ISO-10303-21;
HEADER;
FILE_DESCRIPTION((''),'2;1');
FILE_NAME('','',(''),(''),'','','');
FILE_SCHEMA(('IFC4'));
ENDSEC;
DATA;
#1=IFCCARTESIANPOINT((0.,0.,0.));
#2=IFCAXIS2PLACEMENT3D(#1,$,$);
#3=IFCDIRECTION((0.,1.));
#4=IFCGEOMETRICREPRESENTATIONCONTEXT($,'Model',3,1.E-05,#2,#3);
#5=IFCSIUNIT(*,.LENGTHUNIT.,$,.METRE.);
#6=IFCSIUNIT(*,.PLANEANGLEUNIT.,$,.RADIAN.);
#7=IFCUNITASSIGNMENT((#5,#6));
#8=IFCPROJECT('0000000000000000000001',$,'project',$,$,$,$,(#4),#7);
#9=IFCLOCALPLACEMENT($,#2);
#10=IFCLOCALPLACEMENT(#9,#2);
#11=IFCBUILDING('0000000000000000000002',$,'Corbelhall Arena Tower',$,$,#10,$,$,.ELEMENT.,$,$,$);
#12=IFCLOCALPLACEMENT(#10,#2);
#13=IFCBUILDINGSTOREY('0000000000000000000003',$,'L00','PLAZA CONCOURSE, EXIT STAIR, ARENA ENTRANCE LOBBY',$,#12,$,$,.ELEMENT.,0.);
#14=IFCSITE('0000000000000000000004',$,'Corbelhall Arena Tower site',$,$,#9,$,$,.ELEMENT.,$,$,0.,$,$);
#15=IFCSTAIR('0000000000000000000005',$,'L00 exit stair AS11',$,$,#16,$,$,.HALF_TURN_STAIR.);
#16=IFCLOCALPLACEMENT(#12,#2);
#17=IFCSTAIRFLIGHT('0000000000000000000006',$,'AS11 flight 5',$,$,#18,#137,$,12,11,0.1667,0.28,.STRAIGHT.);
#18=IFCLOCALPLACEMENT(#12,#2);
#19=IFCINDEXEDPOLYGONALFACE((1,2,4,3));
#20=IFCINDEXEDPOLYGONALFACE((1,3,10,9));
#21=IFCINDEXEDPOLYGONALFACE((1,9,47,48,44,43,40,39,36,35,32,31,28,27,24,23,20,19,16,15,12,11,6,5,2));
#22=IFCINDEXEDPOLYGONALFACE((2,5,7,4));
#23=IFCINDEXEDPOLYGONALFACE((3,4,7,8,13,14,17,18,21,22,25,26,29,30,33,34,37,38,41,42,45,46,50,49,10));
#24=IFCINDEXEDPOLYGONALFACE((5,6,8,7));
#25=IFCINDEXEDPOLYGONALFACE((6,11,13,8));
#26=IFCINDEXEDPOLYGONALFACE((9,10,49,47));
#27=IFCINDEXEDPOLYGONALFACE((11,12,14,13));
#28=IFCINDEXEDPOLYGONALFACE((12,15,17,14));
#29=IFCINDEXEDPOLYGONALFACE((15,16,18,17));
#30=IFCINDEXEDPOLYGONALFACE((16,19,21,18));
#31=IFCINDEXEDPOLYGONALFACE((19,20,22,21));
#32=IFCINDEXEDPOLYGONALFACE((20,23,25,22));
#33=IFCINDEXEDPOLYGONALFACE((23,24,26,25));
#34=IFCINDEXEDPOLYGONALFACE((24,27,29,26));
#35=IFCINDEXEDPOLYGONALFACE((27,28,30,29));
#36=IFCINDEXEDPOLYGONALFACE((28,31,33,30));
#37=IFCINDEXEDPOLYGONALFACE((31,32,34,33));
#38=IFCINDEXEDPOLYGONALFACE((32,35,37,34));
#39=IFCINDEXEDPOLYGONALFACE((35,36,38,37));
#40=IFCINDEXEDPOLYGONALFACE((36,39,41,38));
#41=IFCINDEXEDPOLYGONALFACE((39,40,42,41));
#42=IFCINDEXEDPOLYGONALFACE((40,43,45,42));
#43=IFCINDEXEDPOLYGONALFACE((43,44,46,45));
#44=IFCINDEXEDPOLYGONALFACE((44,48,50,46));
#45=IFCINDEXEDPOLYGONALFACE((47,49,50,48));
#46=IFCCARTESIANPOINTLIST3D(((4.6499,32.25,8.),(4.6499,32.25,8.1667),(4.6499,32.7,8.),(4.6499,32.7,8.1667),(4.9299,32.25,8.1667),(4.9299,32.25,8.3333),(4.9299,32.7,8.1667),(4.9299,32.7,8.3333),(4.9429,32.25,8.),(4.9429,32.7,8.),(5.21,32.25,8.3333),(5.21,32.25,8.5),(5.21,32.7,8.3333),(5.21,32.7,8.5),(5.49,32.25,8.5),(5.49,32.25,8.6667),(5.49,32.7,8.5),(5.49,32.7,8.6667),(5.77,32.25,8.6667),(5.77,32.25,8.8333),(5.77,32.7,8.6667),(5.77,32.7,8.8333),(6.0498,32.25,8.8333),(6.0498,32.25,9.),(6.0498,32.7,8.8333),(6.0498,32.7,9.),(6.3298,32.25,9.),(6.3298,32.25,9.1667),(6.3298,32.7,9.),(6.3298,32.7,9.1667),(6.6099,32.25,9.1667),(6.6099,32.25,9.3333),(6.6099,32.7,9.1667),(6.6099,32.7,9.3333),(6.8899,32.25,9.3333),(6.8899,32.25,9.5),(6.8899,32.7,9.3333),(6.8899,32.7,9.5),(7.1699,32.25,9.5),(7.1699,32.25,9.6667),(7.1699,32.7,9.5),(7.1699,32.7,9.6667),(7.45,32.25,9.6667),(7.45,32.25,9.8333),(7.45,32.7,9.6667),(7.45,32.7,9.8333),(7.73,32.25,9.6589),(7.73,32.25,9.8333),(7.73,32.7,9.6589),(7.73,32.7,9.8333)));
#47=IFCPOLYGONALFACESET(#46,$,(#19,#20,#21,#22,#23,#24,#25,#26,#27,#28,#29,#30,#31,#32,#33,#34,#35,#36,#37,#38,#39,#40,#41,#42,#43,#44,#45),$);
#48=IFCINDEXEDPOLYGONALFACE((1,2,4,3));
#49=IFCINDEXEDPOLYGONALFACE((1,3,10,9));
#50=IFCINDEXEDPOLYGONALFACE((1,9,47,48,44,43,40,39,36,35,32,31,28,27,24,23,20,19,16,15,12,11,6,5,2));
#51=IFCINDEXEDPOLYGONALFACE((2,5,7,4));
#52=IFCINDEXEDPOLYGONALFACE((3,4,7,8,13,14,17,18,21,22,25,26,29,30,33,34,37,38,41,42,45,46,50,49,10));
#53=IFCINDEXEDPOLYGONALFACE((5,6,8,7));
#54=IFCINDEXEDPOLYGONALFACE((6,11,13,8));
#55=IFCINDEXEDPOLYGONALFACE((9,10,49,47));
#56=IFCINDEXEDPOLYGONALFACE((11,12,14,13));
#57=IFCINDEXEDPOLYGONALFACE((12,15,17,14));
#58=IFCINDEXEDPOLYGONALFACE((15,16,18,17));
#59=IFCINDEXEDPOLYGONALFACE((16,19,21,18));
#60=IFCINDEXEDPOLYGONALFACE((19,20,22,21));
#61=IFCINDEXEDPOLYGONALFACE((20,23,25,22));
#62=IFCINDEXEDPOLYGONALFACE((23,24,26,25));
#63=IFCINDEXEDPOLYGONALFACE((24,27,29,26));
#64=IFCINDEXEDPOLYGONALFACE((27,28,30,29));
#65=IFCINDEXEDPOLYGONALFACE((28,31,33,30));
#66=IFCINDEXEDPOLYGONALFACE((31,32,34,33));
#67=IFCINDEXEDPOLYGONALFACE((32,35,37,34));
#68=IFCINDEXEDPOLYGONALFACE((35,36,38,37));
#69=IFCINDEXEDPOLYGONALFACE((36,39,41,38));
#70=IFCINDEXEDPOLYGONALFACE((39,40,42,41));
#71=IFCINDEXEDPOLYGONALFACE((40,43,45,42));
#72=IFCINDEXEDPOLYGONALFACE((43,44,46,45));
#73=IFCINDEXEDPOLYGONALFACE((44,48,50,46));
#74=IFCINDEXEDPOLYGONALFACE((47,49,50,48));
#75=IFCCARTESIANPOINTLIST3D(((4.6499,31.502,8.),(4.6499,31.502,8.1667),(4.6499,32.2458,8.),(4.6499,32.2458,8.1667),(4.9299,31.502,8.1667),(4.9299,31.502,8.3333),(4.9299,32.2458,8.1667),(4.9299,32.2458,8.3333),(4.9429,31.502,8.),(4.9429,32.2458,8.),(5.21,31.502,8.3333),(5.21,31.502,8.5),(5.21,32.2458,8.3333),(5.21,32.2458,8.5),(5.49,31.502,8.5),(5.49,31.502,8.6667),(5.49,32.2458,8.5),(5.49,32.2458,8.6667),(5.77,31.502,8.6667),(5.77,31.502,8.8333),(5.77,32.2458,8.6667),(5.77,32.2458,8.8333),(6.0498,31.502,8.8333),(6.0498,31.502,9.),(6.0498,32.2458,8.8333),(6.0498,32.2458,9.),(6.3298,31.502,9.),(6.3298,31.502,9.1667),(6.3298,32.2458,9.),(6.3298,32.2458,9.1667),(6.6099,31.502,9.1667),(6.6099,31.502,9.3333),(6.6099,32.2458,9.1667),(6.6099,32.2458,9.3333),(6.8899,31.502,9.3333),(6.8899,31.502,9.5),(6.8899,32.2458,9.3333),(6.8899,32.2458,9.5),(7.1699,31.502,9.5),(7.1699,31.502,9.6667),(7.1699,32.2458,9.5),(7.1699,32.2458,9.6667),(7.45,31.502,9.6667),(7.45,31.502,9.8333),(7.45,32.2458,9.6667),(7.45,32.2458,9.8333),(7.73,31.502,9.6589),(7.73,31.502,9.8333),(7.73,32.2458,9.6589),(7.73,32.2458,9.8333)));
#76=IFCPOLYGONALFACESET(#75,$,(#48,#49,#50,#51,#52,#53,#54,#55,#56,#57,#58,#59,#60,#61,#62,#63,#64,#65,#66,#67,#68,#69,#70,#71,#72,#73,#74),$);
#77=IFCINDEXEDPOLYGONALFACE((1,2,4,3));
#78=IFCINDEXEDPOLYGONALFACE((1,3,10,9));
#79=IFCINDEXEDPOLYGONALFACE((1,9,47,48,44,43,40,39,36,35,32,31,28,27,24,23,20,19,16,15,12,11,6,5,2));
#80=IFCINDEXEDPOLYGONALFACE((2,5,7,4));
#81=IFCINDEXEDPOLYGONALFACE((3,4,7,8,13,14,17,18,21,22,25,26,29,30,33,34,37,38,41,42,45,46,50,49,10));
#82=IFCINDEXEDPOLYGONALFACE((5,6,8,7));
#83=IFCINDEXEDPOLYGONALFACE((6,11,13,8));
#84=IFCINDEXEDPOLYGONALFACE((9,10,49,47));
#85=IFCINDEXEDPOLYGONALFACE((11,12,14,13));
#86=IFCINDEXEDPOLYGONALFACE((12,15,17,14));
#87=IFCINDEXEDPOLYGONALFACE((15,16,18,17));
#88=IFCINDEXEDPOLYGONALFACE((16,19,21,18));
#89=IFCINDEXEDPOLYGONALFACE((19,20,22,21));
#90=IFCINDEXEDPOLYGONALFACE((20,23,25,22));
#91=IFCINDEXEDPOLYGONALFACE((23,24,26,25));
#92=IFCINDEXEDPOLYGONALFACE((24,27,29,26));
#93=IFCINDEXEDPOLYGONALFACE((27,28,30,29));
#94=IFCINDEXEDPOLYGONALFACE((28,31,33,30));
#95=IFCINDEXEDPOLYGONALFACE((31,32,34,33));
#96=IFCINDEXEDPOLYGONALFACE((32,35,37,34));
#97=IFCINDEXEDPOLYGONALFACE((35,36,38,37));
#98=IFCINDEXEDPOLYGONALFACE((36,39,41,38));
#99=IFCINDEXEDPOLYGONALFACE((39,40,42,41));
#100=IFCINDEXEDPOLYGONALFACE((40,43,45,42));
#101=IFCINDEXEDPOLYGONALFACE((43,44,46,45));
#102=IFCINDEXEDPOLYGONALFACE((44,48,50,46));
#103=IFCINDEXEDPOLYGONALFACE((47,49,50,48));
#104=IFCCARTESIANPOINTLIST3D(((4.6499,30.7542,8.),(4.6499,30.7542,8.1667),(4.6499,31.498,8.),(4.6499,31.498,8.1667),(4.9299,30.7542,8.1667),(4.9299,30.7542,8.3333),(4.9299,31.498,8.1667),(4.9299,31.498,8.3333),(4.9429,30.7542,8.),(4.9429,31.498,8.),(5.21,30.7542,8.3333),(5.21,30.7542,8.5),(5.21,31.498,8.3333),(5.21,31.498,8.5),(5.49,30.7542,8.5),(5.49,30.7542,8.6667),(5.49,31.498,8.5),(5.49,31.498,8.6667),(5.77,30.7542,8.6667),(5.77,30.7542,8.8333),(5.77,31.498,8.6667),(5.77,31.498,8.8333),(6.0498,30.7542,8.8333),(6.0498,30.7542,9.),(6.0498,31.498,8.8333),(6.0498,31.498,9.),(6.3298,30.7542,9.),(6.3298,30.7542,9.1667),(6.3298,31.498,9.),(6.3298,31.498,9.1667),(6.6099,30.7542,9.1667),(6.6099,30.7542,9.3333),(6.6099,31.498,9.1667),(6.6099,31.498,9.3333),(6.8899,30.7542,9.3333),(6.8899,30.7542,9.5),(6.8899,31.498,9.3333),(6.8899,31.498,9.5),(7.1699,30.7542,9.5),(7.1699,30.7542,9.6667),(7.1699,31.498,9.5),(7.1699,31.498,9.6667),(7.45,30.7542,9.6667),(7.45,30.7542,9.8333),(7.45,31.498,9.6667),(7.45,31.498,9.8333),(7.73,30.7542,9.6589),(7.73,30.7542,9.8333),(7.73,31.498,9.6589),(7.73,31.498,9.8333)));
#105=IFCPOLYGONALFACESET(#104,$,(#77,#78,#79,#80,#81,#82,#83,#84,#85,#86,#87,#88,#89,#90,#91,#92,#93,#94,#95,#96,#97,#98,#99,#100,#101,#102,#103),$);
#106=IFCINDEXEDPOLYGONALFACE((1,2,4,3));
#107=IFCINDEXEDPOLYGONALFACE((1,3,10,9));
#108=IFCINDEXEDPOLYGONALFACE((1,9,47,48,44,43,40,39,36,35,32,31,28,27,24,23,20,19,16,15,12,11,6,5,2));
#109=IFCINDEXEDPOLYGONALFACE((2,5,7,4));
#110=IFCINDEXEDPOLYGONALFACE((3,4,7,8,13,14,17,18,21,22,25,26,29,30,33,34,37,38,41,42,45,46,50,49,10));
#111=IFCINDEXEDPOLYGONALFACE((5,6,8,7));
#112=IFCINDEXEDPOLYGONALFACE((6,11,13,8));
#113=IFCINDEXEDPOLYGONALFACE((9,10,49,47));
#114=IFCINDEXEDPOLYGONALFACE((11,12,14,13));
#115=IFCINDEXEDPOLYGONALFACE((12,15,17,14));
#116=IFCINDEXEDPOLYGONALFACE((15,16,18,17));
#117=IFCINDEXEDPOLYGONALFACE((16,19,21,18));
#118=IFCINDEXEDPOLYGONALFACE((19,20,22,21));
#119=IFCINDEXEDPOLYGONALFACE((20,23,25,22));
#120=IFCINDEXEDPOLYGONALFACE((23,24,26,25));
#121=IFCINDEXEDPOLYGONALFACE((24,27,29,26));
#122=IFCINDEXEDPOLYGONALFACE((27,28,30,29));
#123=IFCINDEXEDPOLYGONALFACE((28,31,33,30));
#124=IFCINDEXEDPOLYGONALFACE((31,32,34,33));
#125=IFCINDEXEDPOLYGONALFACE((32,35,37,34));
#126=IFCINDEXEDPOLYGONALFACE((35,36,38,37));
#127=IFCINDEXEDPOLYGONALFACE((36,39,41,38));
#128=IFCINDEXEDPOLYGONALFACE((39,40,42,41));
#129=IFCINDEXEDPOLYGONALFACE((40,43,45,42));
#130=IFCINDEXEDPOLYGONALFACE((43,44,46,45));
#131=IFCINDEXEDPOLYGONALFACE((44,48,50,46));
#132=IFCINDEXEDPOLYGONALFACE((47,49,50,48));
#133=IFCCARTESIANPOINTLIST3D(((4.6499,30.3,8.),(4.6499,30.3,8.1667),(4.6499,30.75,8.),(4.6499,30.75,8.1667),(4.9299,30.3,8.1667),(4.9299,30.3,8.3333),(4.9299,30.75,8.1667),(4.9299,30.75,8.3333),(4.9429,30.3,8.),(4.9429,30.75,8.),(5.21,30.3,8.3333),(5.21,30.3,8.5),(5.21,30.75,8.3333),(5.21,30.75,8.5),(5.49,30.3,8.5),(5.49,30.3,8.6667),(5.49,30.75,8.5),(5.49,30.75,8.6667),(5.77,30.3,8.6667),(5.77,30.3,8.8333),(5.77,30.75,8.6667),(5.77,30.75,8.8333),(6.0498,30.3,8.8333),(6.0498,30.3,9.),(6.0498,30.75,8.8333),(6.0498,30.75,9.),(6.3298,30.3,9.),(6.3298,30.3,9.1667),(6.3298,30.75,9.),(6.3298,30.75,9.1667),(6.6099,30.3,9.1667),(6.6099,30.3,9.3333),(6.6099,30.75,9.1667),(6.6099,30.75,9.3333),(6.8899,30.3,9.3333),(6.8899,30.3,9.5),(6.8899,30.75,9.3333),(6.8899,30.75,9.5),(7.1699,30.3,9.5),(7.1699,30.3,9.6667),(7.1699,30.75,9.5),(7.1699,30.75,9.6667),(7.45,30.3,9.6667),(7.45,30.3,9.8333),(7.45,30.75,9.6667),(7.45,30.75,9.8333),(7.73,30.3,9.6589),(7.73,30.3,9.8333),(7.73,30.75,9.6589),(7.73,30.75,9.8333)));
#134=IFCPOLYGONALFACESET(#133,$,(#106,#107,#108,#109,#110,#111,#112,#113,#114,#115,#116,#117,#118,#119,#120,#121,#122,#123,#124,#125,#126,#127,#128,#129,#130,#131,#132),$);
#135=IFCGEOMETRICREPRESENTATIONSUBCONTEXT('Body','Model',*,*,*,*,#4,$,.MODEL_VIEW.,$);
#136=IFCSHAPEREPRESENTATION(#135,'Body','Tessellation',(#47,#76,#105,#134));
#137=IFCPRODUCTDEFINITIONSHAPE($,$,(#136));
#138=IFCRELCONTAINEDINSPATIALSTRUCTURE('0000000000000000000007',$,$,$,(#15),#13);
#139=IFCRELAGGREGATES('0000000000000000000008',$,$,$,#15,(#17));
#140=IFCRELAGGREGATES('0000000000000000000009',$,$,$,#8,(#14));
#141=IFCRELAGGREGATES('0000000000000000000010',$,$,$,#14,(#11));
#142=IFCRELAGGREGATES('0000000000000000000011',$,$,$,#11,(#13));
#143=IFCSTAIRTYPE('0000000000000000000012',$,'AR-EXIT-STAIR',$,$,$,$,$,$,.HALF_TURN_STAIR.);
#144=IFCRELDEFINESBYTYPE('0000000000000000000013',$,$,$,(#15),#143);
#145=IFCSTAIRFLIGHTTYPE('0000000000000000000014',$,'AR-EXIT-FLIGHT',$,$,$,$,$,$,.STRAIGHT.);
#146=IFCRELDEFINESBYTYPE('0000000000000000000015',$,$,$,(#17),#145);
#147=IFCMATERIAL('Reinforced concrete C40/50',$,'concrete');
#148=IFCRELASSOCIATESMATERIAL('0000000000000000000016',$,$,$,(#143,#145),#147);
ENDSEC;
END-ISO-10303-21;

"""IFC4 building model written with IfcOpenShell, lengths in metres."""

from ifc_helpers import new_model, si_unit, direction, frame, origin, place, context, subcontext, project, spatial, polyline, outline, extrude, material, type_object, element, aggregate, save


model = new_model("IFC4")

# Units and contexts
model_context = context("Model", 3, precision=1e-05, world=origin(), true_north=direction((0.0, 1.0)))
body_context = subcontext(model_context, "Body", "Model", "MODEL_VIEW")
ifc_project = project(units=[si_unit("LENGTHUNIT", "METRE"), si_unit("PLANEANGLEUNIT", "RADIAN")], contexts=[model_context])

# Site, building, storey
site_placement = place(None, origin())
site = spatial("IfcSite", under=ifc_project, at=site_placement, Name="Corbelhall Arena Tower site", CompositionType="ELEMENT", RefElevation=0.0)
building_placement = place(site_placement, origin())
building = spatial("IfcBuilding", under=site, at=building_placement, Name="Corbelhall Arena Tower", CompositionType="ELEMENT")
storey_placement = place(building_placement, origin())
storey = spatial("IfcBuildingStorey", under=building, at=storey_placement, Name="L00", Description="PLAZA CONCOURSE, EXIT STAIR, ARENA ENTRANCE LOBBY", CompositionType="ELEMENT", Elevation=0.0)

# Shared definitions
ifc_material_1 = material(Name="Reinforced concrete C40/50", Category="concrete")

# Stair, stair flight
stair_type = type_object("IfcStairType", Name="AR-EXIT-STAIR", PredefinedType="HALF_TURN_STAIR", material=ifc_material_1)
stair_1_placement = place(storey_placement, origin())
stair_1 = element("IfcStair", 1, at=stair_1_placement, inside=storey, type_object=stair_type, Name="L00 exit stair AS11", PredefinedType="HALF_TURN_STAIR")
stair_flight_type = type_object("IfcStairFlightType", Name="AR-EXIT-FLIGHT", PredefinedType="STRAIGHT", material=ifc_material_1)
stair_flight_1_placement = place(storey_placement, frame((4.6499, 31.5, 8.0), z_axis=(0.0, 0.0, 1.0), x_axis=(1.0, 0.0, 0.0)))
stair_flight_1 = element("IfcStairFlight", 2, at=stair_flight_1_placement, type_object=stair_flight_type, Name="AS11 flight 5", NumberOfRisers=12, NumberOfTreads=11, PredefinedType="STRAIGHT", RiserHeight=0.1667, TreadLength=0.28, context=body_context, shape_type="SweptSolid", body=[
    extrude(outline(polyline([(0.0, 0.0), (0.0, 0.1667), (0.28, 0.1667), (0.28, 0.3333), (0.5601, 0.3333), (0.5601, 0.5), (0.8401, 0.5), (0.8401, 0.6667), (1.1201, 0.6667), (1.1201, 0.8333), (1.3999, 0.8333), (1.3999, 1.0), (1.6799, 1.0), (1.6799, 1.1667), (1.96, 1.1667), (1.96, 1.3333), (2.24, 1.3333), (2.24, 1.5), (2.52, 1.5), (2.52, 1.6667), (2.8, 1.6667), (2.8, 1.8333), (3.0801, 1.8333), (3.0801, 2.0), (3.0801, 1.6589), (0.293, 0.0), (0.0, 0.0)])), frame((0.0, 1.2, 0.0), z_axis=(0.0, -1.0, 0.0), x_axis=(1.0, 0.0, 0.0)), (0.0, 0.0, 1.0), 0.45),
    extrude(outline(polyline([(0.0, 0.0), (0.0, 0.1667), (0.28, 0.1667), (0.28, 0.3333), (0.5601, 0.3333), (0.5601, 0.5), (0.8401, 0.5), (0.8401, 0.6667), (1.1201, 0.6667), (1.1201, 0.8333), (1.3999, 0.8333), (1.3999, 1.0), (1.6799, 1.0), (1.6799, 1.1667), (1.96, 1.1667), (1.96, 1.3333), (2.24, 1.3333), (2.24, 1.5), (2.52, 1.5), (2.52, 1.6667), (2.8, 1.6667), (2.8, 1.8333), (3.0801, 1.8333), (3.0801, 2.0), (3.0801, 1.6589), (0.293, 0.0), (0.0, 0.0)])), frame((0.0, 0.7458, 0.0), z_axis=(0.0, -1.0, 0.0), x_axis=(1.0, 0.0, 0.0)), (0.0, 0.0, 1.0), 0.7439),
    extrude(outline(polyline([(0.0, 0.0), (0.0, 0.1667), (0.28, 0.1667), (0.28, 0.3333), (0.5601, 0.3333), (0.5601, 0.5), (0.8401, 0.5), (0.8401, 0.6667), (1.1201, 0.6667), (1.1201, 0.8333), (1.3999, 0.8333), (1.3999, 1.0), (1.6799, 1.0), (1.6799, 1.1667), (1.96, 1.1667), (1.96, 1.3333), (2.24, 1.3333), (2.24, 1.5), (2.52, 1.5), (2.52, 1.6667), (2.8, 1.6667), (2.8, 1.8333), (3.0801, 1.8333), (3.0801, 2.0), (3.0801, 1.6589), (0.293, 0.0), (0.0, 0.0)])), frame((0.0, -0.002, 0.0), z_axis=(0.0, -1.0, 0.0), x_axis=(1.0, 0.0, 0.0)), (0.0, 0.0, 1.0), 0.7439),
    extrude(outline(polyline([(0.0, 0.0), (0.0, 0.1667), (0.28, 0.1667), (0.28, 0.3333), (0.5601, 0.3333), (0.5601, 0.5), (0.8401, 0.5), (0.8401, 0.6667), (1.1201, 0.6667), (1.1201, 0.8333), (1.3999, 0.8333), (1.3999, 1.0), (1.6799, 1.0), (1.6799, 1.1667), (1.96, 1.1667), (1.96, 1.3333), (2.24, 1.3333), (2.24, 1.5), (2.52, 1.5), (2.52, 1.6667), (2.8, 1.6667), (2.8, 1.8333), (3.0801, 1.8333), (3.0801, 2.0), (3.0801, 1.6589), (0.293, 0.0), (0.0, 0.0)])), frame((0.0, -0.75, 0.0), z_axis=(0.0, -1.0, 0.0), x_axis=(1.0, 0.0, 0.0)), (0.0, 0.0, 1.0), 0.45),
])
aggregate(stair_1, [stair_flight_1])

save(model, "model.ifc")
